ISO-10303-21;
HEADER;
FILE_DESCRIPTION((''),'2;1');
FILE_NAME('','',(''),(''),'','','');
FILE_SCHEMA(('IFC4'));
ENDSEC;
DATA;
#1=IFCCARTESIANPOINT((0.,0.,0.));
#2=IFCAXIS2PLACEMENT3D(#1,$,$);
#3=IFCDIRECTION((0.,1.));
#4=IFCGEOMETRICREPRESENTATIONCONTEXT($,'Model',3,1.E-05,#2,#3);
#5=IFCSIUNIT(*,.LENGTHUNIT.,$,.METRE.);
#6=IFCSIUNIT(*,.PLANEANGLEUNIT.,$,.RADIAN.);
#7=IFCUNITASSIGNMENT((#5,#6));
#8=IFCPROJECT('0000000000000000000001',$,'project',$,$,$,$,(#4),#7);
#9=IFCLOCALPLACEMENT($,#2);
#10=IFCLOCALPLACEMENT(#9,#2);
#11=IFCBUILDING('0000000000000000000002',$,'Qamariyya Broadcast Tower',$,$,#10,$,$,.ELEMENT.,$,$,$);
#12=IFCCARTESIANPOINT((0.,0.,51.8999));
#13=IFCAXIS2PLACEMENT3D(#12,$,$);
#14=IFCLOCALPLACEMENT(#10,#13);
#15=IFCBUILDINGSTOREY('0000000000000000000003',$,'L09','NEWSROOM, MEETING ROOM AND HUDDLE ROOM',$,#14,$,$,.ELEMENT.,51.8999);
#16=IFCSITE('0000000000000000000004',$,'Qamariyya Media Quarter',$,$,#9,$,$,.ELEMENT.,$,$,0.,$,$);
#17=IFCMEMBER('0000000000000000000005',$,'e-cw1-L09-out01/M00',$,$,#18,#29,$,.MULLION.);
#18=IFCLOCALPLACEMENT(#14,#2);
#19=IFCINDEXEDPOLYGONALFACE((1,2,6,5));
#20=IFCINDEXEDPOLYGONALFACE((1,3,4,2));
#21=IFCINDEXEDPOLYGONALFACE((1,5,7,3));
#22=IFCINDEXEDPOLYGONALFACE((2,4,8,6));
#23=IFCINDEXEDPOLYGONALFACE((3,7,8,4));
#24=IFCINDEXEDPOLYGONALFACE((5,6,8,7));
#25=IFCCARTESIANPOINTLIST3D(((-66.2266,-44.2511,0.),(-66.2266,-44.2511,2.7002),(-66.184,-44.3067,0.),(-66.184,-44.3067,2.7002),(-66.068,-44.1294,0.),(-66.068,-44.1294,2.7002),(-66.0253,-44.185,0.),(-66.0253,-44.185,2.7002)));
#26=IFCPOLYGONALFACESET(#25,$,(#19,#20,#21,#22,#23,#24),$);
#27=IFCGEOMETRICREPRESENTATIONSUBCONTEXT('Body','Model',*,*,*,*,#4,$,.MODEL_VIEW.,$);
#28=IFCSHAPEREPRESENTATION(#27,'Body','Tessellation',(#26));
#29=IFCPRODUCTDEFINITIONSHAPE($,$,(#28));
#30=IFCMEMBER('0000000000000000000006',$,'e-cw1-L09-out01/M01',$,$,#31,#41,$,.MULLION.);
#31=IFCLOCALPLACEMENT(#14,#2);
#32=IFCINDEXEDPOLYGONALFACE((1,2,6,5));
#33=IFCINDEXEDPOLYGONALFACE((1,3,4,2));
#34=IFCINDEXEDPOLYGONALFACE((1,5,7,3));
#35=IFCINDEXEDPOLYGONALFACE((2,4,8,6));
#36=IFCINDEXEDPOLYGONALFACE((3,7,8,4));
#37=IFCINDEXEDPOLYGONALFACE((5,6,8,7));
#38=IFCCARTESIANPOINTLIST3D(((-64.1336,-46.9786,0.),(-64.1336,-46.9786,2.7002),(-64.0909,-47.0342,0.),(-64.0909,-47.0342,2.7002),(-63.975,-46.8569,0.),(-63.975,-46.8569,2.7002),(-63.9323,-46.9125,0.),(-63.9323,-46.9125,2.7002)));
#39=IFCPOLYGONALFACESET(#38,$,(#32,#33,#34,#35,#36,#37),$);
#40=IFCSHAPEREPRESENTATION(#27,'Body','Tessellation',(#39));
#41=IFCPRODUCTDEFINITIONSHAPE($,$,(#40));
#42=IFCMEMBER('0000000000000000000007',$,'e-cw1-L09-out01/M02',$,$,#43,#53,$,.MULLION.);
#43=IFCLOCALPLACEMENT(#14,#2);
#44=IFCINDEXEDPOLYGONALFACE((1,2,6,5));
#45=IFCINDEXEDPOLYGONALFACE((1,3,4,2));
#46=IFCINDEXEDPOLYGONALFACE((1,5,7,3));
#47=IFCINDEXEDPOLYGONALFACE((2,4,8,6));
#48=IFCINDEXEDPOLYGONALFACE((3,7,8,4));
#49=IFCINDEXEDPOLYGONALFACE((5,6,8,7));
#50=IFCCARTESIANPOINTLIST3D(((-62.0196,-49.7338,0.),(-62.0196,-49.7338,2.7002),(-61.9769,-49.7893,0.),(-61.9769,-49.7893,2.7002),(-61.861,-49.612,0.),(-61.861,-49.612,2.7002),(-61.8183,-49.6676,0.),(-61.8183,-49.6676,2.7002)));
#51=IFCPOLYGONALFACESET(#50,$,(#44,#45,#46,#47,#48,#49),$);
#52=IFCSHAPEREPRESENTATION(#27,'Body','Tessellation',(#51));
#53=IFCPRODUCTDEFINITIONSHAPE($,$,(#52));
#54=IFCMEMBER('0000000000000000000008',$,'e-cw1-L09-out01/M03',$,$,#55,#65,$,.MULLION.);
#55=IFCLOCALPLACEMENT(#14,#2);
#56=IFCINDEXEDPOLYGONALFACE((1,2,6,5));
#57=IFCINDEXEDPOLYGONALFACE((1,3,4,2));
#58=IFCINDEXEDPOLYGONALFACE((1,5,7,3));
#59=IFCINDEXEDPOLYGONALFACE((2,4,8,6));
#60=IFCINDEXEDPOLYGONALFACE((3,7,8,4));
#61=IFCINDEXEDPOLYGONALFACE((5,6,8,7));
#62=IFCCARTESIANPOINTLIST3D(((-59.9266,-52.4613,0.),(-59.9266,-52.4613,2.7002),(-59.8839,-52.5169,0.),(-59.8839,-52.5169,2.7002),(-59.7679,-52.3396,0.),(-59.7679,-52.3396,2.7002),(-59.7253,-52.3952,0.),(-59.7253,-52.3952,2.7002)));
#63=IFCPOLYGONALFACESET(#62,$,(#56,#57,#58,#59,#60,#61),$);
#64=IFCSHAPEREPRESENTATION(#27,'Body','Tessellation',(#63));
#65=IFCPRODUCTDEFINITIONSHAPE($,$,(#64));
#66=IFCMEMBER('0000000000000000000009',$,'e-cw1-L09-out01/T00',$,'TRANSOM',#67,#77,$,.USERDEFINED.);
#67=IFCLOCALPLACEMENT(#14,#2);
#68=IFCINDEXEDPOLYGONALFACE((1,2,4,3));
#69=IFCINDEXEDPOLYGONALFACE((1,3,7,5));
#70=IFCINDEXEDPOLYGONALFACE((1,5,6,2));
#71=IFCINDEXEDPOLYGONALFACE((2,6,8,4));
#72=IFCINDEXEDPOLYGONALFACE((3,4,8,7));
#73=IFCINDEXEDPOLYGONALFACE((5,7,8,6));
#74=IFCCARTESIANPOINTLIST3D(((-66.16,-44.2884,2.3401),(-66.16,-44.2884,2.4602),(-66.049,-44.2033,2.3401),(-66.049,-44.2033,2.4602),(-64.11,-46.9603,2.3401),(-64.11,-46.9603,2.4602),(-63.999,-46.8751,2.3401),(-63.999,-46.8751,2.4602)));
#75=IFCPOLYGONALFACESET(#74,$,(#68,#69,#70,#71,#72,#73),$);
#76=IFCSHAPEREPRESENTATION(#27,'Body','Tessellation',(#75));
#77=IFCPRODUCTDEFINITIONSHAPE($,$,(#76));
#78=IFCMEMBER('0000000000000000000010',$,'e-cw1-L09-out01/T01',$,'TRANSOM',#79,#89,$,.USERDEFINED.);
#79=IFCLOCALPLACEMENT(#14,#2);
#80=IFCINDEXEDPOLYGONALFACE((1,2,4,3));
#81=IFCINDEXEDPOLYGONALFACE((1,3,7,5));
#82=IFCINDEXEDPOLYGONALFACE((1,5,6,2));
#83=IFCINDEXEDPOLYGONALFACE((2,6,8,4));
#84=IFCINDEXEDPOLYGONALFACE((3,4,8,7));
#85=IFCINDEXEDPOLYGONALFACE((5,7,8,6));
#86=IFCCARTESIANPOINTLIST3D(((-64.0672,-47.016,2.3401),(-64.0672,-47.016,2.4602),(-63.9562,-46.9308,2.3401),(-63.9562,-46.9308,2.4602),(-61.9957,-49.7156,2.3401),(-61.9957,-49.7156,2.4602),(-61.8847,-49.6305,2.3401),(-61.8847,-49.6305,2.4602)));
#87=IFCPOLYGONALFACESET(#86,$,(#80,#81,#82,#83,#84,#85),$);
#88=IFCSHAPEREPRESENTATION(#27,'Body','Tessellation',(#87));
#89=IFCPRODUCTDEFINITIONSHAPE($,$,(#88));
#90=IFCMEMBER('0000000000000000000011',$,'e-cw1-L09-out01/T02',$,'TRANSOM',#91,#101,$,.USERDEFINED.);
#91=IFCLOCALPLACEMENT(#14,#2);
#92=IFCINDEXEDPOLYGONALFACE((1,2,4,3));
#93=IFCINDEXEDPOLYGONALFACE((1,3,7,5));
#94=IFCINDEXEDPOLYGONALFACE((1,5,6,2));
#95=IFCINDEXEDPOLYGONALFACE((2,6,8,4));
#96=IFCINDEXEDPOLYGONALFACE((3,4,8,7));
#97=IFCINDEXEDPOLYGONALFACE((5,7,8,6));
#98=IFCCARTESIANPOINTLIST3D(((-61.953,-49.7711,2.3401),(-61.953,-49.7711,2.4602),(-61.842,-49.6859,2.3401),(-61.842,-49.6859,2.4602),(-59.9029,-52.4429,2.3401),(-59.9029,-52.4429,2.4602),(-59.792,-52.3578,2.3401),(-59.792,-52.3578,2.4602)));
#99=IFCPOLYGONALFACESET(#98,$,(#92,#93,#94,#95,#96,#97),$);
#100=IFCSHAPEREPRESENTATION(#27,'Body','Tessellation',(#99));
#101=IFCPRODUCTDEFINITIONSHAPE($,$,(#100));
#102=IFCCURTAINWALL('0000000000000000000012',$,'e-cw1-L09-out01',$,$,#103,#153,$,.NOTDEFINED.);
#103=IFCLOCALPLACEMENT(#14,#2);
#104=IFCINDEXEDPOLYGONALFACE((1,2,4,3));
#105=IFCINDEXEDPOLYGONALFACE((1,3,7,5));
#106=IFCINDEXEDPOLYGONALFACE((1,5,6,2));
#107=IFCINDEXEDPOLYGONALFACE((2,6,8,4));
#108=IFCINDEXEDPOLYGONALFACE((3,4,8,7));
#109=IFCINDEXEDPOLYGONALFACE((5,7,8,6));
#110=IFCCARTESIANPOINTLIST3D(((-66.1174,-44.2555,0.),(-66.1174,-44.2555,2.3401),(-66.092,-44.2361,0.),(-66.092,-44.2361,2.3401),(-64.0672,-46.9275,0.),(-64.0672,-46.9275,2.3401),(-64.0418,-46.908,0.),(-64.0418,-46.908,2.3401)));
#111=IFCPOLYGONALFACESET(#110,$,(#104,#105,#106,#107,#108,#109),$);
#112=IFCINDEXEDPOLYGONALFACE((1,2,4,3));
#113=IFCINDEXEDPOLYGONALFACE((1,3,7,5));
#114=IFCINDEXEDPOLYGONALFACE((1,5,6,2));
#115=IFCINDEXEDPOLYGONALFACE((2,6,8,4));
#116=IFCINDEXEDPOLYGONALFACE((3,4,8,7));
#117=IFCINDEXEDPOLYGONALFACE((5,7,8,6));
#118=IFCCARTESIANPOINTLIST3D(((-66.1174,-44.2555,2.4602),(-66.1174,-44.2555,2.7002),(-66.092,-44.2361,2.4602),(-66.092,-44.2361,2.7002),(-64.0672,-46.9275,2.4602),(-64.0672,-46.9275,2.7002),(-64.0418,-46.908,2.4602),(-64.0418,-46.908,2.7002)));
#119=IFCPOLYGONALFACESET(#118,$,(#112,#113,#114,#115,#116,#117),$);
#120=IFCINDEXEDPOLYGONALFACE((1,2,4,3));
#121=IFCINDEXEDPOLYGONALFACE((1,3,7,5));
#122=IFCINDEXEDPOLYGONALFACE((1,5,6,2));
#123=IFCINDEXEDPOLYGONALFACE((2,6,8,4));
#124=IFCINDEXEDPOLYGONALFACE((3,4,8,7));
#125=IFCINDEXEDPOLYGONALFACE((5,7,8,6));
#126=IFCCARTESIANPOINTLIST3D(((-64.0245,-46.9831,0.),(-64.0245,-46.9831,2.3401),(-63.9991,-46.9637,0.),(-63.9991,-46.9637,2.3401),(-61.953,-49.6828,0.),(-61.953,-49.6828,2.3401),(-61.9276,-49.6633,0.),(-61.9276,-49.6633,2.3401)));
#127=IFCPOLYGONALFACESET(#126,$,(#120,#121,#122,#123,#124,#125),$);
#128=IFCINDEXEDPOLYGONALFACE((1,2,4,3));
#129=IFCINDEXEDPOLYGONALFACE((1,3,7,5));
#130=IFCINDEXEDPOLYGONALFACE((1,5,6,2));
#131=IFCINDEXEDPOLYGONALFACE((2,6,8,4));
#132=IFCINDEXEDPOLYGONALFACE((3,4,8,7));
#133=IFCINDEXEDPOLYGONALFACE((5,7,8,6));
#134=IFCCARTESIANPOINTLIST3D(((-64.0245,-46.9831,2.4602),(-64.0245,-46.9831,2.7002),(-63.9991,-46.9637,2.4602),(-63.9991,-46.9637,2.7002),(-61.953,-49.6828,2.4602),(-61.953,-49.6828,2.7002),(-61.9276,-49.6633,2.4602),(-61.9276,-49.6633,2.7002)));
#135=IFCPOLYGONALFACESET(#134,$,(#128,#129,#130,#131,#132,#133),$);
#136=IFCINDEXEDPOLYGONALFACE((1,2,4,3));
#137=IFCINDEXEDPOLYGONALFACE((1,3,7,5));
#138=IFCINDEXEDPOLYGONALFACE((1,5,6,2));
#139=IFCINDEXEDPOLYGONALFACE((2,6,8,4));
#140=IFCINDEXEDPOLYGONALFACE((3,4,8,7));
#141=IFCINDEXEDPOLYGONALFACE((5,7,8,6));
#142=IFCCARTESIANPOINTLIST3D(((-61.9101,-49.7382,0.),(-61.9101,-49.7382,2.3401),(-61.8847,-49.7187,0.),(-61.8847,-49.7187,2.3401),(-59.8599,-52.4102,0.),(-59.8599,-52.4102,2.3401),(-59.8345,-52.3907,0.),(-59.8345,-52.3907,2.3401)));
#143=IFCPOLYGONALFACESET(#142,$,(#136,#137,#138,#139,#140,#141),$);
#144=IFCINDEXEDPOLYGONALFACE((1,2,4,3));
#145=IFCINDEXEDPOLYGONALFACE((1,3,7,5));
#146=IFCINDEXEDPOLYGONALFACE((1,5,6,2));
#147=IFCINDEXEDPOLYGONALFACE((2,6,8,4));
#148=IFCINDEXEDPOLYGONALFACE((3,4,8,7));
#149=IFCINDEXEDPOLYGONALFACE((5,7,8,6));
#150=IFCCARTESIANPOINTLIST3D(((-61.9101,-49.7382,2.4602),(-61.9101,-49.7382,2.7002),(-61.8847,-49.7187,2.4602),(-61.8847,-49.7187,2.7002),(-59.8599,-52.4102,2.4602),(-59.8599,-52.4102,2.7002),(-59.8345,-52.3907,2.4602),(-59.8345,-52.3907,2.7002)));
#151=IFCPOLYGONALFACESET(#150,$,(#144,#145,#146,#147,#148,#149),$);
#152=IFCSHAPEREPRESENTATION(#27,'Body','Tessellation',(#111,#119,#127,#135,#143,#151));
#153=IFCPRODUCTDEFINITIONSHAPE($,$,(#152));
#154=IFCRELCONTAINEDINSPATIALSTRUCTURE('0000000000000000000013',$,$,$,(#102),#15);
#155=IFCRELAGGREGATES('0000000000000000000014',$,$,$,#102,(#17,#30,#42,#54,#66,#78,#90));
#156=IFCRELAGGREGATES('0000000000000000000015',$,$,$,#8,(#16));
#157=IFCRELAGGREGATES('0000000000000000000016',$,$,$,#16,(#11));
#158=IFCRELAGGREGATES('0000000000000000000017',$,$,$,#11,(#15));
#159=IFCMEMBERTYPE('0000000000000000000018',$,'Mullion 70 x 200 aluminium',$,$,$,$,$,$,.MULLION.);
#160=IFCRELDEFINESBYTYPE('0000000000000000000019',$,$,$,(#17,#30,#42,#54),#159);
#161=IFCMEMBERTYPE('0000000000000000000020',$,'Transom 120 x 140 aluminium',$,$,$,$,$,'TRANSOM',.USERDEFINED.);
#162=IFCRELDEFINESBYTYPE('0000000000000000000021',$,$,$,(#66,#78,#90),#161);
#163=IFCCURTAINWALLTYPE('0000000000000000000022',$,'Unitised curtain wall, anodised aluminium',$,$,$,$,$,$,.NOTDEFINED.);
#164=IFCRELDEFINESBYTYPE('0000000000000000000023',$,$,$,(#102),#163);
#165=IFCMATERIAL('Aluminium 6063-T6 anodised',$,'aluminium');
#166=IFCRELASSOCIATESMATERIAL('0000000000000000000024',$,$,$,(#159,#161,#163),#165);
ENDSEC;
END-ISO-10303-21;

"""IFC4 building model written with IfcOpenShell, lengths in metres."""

from ifc_helpers import new_model, si_unit, direction, frame, origin, origin_2d, place, context, subcontext, project, spatial, rectangle, extrude, material, material_profile, profile_set, type_object, element, aggregate, save


model = new_model("IFC4")

# Units and contexts
model_context = context("Model", 3, precision=1e-05, world=origin(), true_north=direction((0.0, 1.0)))
body_context = subcontext(model_context, "Body", "Model", "MODEL_VIEW")
ifc_project = project(units=[si_unit("LENGTHUNIT", "METRE"), si_unit("PLANEANGLEUNIT", "RADIAN")], contexts=[model_context])

# Members
ifc_material = material(Name="Aluminium 6063-T6 anodised", Category="aluminium")
ifc_material_profile_1 = material_profile(ifc_material, rectangle(XDim=0.2, YDim=0.0701, at=origin_2d()))
ifc_profile_set_1 = profile_set([ifc_material_profile_1], Name="Aluminium 6063-T6 anodised")
member_type_1 = type_object("IfcMemberType", Name="Mullion 70 x 200 aluminium", PredefinedType="MULLION", material=ifc_profile_set_1)
site_placement = place(None, origin())
building_placement = place(site_placement, origin())
storey_placement = place(building_placement, frame((0.0, 0.0, 51.8999)))
member_1_placement = place(storey_placement, frame((-66.126, -44.218, 0.0), z_axis=(0.0, 0.0, 1.0), x_axis=(0.793353, 0.608761, 0.0)))
member_1 = element("IfcMember", 1, at=member_1_placement, type_object=member_type_1, Name="e-cw1-L09-out01/M00", PredefinedType="MULLION", context=body_context, shape_type="SweptSolid", body=[
    extrude(rectangle(XDim=0.2, YDim=0.0701, at=origin_2d()), origin(), (0.0, 0.0, 1.0), 2.7002),
])
member_2_placement = place(storey_placement, frame((-64.033, -46.9456, 0.0), z_axis=(0.0, 0.0, 1.0), x_axis=(0.793353, 0.608761, 0.0)))
member_2 = element("IfcMember", 2, at=member_2_placement, type_object=member_type_1, Name="e-cw1-L09-out01/M01", PredefinedType="MULLION", context=body_context, shape_type="SweptSolid", body=[
    extrude(rectangle(XDim=0.2, YDim=0.0701, at=origin_2d()), origin(), (0.0, 0.0, 1.0), 2.7002),
])
member_3_placement = place(storey_placement, frame((-61.9189, -49.7007, 0.0), z_axis=(0.0, 0.0, 1.0), x_axis=(0.793353, 0.608761, 0.0)))
member_3 = element("IfcMember", 3, at=member_3_placement, type_object=member_type_1, Name="e-cw1-L09-out01/M02", PredefinedType="MULLION", context=body_context, shape_type="SweptSolid", body=[
    extrude(rectangle(XDim=0.2, YDim=0.0701, at=origin_2d()), origin(), (0.0, 0.0, 1.0), 2.7002),
])
member_4_placement = place(storey_placement, frame((-59.8259, -52.4282, 0.0), z_axis=(0.0, 0.0, 1.0), x_axis=(0.793353, 0.608761, 0.0)))
member_4 = element("IfcMember", 4, at=member_4_placement, type_object=member_type_1, Name="e-cw1-L09-out01/M03", PredefinedType="MULLION", context=body_context, shape_type="SweptSolid", body=[
    extrude(rectangle(XDim=0.2, YDim=0.0701, at=origin_2d()), origin(), (0.0, 0.0, 1.0), 2.7002),
])
ifc_material_profile_2 = material_profile(ifc_material, rectangle(XDim=0.1399, YDim=0.1201, at=origin_2d()))
ifc_profile_set_2 = profile_set([ifc_material_profile_2], Name="Aluminium 6063-T6 anodised")
member_type_2 = type_object("IfcMemberType", Name="Transom 120 x 140 aluminium", ElementType="TRANSOM", PredefinedType="USERDEFINED", material=ifc_profile_set_2)
member_5_placement = place(storey_placement, frame((-66.1045, -44.2458, 2.4001), z_axis=(0.608733, -0.793375, 0.0), x_axis=(0.793375, 0.608733, 0.0)))
member_5 = element("IfcMember", 5, at=member_5_placement, type_object=member_type_2, Name="e-cw1-L09-out01/T00", ObjectType="TRANSOM", PredefinedType="USERDEFINED", context=body_context, shape_type="SweptSolid", body=[
    extrude(rectangle(XDim=0.1399, YDim=0.1201, at=origin_2d()), origin(), (0.0, 0.0, 1.0), 3.3677),
])
member_6_placement = place(storey_placement, frame((-64.0117, -46.9734, 2.4001), z_axis=(0.608757, -0.793357, 0.0), x_axis=(0.793357, 0.608757, 0.0)))
member_6 = element("IfcMember", 6, at=member_6_placement, type_object=member_type_2, Name="e-cw1-L09-out01/T01", ObjectType="TRANSOM", PredefinedType="USERDEFINED", context=body_context, shape_type="SweptSolid", body=[
    extrude(rectangle(XDim=0.1399, YDim=0.1201, at=origin_2d()), origin(), (0.0, 0.0, 1.0), 3.4028),
])
member_7_placement = place(storey_placement, frame((-61.8975, -49.7285, 2.4001), z_axis=(0.608733, -0.793375, 0.0), x_axis=(0.793375, 0.608733, 0.0)))
member_7 = element("IfcMember", 7, at=member_7_placement, type_object=member_type_2, Name="e-cw1-L09-out01/T02", ObjectType="TRANSOM", PredefinedType="USERDEFINED", context=body_context, shape_type="SweptSolid", body=[
    extrude(rectangle(XDim=0.1399, YDim=0.1201, at=origin_2d()), origin(), (0.0, 0.0, 1.0), 3.3677),
])

# Site, building, storey
site = spatial("IfcSite", under=ifc_project, at=site_placement, Name="Qamariyya Media Quarter", CompositionType="ELEMENT", RefElevation=0.0)
building = spatial("IfcBuilding", under=site, at=building_placement, Name="Qamariyya Broadcast Tower", CompositionType="ELEMENT")
storey = spatial("IfcBuildingStorey", under=building, at=storey_placement, Name="L09", Description="NEWSROOM, MEETING ROOM AND HUDDLE ROOM", CompositionType="ELEMENT", Elevation=51.8999)

# Curtain wall
curtain_wall_type = type_object("IfcCurtainWallType", Name="Unitised curtain wall, anodised aluminium", PredefinedType="NOTDEFINED", material=ifc_material)
curtain_wall_1_placement = place(storey_placement, origin())
curtain_wall_1 = element("IfcCurtainWall", 8, at=curtain_wall_1_placement, inside=storey, type_object=curtain_wall_type, Name="e-cw1-L09-out01", PredefinedType="NOTDEFINED", context=body_context, shape_type="SweptSolid", body=[
    extrude(rectangle(XDim=3.3679, YDim=0.032, at=origin_2d()), frame((-65.0796, -45.5818, 0.0), x_axis=(0.608756, -0.793358, 0.0)), (0.0, 0.0, 1.0), 2.3401),
    extrude(rectangle(XDim=3.3679, YDim=0.032, at=origin_2d()), frame((-65.0796, -45.5818, 2.4602), x_axis=(0.608756, -0.793358, 0.0)), (0.0, 0.0, 1.0), 0.24),
    extrude(rectangle(XDim=3.4028, YDim=0.032, at=origin_2d()), frame((-62.9761, -48.3232, 0.0), x_axis=(0.608756, -0.793358, 0.0)), (0.0, 0.0, 1.0), 2.3401),
    extrude(rectangle(XDim=3.4028, YDim=0.032, at=origin_2d()), frame((-62.9761, -48.3232, 2.4602), x_axis=(0.608756, -0.793358, 0.0)), (0.0, 0.0, 1.0), 0.24),
    extrude(rectangle(XDim=3.3679, YDim=0.032, at=origin_2d()), frame((-60.8723, -51.0645, 0.0), x_axis=(0.608756, -0.793358, 0.0)), (0.0, 0.0, 1.0), 2.3401),
    extrude(rectangle(XDim=3.3679, YDim=0.032, at=origin_2d()), frame((-60.8723, -51.0645, 2.4602), x_axis=(0.608756, -0.793358, 0.0)), (0.0, 0.0, 1.0), 0.24),
])
aggregate(curtain_wall_1, [member_1, member_2, member_3, member_4, member_5, member_6, member_7])

save(model, "model.ifc")
